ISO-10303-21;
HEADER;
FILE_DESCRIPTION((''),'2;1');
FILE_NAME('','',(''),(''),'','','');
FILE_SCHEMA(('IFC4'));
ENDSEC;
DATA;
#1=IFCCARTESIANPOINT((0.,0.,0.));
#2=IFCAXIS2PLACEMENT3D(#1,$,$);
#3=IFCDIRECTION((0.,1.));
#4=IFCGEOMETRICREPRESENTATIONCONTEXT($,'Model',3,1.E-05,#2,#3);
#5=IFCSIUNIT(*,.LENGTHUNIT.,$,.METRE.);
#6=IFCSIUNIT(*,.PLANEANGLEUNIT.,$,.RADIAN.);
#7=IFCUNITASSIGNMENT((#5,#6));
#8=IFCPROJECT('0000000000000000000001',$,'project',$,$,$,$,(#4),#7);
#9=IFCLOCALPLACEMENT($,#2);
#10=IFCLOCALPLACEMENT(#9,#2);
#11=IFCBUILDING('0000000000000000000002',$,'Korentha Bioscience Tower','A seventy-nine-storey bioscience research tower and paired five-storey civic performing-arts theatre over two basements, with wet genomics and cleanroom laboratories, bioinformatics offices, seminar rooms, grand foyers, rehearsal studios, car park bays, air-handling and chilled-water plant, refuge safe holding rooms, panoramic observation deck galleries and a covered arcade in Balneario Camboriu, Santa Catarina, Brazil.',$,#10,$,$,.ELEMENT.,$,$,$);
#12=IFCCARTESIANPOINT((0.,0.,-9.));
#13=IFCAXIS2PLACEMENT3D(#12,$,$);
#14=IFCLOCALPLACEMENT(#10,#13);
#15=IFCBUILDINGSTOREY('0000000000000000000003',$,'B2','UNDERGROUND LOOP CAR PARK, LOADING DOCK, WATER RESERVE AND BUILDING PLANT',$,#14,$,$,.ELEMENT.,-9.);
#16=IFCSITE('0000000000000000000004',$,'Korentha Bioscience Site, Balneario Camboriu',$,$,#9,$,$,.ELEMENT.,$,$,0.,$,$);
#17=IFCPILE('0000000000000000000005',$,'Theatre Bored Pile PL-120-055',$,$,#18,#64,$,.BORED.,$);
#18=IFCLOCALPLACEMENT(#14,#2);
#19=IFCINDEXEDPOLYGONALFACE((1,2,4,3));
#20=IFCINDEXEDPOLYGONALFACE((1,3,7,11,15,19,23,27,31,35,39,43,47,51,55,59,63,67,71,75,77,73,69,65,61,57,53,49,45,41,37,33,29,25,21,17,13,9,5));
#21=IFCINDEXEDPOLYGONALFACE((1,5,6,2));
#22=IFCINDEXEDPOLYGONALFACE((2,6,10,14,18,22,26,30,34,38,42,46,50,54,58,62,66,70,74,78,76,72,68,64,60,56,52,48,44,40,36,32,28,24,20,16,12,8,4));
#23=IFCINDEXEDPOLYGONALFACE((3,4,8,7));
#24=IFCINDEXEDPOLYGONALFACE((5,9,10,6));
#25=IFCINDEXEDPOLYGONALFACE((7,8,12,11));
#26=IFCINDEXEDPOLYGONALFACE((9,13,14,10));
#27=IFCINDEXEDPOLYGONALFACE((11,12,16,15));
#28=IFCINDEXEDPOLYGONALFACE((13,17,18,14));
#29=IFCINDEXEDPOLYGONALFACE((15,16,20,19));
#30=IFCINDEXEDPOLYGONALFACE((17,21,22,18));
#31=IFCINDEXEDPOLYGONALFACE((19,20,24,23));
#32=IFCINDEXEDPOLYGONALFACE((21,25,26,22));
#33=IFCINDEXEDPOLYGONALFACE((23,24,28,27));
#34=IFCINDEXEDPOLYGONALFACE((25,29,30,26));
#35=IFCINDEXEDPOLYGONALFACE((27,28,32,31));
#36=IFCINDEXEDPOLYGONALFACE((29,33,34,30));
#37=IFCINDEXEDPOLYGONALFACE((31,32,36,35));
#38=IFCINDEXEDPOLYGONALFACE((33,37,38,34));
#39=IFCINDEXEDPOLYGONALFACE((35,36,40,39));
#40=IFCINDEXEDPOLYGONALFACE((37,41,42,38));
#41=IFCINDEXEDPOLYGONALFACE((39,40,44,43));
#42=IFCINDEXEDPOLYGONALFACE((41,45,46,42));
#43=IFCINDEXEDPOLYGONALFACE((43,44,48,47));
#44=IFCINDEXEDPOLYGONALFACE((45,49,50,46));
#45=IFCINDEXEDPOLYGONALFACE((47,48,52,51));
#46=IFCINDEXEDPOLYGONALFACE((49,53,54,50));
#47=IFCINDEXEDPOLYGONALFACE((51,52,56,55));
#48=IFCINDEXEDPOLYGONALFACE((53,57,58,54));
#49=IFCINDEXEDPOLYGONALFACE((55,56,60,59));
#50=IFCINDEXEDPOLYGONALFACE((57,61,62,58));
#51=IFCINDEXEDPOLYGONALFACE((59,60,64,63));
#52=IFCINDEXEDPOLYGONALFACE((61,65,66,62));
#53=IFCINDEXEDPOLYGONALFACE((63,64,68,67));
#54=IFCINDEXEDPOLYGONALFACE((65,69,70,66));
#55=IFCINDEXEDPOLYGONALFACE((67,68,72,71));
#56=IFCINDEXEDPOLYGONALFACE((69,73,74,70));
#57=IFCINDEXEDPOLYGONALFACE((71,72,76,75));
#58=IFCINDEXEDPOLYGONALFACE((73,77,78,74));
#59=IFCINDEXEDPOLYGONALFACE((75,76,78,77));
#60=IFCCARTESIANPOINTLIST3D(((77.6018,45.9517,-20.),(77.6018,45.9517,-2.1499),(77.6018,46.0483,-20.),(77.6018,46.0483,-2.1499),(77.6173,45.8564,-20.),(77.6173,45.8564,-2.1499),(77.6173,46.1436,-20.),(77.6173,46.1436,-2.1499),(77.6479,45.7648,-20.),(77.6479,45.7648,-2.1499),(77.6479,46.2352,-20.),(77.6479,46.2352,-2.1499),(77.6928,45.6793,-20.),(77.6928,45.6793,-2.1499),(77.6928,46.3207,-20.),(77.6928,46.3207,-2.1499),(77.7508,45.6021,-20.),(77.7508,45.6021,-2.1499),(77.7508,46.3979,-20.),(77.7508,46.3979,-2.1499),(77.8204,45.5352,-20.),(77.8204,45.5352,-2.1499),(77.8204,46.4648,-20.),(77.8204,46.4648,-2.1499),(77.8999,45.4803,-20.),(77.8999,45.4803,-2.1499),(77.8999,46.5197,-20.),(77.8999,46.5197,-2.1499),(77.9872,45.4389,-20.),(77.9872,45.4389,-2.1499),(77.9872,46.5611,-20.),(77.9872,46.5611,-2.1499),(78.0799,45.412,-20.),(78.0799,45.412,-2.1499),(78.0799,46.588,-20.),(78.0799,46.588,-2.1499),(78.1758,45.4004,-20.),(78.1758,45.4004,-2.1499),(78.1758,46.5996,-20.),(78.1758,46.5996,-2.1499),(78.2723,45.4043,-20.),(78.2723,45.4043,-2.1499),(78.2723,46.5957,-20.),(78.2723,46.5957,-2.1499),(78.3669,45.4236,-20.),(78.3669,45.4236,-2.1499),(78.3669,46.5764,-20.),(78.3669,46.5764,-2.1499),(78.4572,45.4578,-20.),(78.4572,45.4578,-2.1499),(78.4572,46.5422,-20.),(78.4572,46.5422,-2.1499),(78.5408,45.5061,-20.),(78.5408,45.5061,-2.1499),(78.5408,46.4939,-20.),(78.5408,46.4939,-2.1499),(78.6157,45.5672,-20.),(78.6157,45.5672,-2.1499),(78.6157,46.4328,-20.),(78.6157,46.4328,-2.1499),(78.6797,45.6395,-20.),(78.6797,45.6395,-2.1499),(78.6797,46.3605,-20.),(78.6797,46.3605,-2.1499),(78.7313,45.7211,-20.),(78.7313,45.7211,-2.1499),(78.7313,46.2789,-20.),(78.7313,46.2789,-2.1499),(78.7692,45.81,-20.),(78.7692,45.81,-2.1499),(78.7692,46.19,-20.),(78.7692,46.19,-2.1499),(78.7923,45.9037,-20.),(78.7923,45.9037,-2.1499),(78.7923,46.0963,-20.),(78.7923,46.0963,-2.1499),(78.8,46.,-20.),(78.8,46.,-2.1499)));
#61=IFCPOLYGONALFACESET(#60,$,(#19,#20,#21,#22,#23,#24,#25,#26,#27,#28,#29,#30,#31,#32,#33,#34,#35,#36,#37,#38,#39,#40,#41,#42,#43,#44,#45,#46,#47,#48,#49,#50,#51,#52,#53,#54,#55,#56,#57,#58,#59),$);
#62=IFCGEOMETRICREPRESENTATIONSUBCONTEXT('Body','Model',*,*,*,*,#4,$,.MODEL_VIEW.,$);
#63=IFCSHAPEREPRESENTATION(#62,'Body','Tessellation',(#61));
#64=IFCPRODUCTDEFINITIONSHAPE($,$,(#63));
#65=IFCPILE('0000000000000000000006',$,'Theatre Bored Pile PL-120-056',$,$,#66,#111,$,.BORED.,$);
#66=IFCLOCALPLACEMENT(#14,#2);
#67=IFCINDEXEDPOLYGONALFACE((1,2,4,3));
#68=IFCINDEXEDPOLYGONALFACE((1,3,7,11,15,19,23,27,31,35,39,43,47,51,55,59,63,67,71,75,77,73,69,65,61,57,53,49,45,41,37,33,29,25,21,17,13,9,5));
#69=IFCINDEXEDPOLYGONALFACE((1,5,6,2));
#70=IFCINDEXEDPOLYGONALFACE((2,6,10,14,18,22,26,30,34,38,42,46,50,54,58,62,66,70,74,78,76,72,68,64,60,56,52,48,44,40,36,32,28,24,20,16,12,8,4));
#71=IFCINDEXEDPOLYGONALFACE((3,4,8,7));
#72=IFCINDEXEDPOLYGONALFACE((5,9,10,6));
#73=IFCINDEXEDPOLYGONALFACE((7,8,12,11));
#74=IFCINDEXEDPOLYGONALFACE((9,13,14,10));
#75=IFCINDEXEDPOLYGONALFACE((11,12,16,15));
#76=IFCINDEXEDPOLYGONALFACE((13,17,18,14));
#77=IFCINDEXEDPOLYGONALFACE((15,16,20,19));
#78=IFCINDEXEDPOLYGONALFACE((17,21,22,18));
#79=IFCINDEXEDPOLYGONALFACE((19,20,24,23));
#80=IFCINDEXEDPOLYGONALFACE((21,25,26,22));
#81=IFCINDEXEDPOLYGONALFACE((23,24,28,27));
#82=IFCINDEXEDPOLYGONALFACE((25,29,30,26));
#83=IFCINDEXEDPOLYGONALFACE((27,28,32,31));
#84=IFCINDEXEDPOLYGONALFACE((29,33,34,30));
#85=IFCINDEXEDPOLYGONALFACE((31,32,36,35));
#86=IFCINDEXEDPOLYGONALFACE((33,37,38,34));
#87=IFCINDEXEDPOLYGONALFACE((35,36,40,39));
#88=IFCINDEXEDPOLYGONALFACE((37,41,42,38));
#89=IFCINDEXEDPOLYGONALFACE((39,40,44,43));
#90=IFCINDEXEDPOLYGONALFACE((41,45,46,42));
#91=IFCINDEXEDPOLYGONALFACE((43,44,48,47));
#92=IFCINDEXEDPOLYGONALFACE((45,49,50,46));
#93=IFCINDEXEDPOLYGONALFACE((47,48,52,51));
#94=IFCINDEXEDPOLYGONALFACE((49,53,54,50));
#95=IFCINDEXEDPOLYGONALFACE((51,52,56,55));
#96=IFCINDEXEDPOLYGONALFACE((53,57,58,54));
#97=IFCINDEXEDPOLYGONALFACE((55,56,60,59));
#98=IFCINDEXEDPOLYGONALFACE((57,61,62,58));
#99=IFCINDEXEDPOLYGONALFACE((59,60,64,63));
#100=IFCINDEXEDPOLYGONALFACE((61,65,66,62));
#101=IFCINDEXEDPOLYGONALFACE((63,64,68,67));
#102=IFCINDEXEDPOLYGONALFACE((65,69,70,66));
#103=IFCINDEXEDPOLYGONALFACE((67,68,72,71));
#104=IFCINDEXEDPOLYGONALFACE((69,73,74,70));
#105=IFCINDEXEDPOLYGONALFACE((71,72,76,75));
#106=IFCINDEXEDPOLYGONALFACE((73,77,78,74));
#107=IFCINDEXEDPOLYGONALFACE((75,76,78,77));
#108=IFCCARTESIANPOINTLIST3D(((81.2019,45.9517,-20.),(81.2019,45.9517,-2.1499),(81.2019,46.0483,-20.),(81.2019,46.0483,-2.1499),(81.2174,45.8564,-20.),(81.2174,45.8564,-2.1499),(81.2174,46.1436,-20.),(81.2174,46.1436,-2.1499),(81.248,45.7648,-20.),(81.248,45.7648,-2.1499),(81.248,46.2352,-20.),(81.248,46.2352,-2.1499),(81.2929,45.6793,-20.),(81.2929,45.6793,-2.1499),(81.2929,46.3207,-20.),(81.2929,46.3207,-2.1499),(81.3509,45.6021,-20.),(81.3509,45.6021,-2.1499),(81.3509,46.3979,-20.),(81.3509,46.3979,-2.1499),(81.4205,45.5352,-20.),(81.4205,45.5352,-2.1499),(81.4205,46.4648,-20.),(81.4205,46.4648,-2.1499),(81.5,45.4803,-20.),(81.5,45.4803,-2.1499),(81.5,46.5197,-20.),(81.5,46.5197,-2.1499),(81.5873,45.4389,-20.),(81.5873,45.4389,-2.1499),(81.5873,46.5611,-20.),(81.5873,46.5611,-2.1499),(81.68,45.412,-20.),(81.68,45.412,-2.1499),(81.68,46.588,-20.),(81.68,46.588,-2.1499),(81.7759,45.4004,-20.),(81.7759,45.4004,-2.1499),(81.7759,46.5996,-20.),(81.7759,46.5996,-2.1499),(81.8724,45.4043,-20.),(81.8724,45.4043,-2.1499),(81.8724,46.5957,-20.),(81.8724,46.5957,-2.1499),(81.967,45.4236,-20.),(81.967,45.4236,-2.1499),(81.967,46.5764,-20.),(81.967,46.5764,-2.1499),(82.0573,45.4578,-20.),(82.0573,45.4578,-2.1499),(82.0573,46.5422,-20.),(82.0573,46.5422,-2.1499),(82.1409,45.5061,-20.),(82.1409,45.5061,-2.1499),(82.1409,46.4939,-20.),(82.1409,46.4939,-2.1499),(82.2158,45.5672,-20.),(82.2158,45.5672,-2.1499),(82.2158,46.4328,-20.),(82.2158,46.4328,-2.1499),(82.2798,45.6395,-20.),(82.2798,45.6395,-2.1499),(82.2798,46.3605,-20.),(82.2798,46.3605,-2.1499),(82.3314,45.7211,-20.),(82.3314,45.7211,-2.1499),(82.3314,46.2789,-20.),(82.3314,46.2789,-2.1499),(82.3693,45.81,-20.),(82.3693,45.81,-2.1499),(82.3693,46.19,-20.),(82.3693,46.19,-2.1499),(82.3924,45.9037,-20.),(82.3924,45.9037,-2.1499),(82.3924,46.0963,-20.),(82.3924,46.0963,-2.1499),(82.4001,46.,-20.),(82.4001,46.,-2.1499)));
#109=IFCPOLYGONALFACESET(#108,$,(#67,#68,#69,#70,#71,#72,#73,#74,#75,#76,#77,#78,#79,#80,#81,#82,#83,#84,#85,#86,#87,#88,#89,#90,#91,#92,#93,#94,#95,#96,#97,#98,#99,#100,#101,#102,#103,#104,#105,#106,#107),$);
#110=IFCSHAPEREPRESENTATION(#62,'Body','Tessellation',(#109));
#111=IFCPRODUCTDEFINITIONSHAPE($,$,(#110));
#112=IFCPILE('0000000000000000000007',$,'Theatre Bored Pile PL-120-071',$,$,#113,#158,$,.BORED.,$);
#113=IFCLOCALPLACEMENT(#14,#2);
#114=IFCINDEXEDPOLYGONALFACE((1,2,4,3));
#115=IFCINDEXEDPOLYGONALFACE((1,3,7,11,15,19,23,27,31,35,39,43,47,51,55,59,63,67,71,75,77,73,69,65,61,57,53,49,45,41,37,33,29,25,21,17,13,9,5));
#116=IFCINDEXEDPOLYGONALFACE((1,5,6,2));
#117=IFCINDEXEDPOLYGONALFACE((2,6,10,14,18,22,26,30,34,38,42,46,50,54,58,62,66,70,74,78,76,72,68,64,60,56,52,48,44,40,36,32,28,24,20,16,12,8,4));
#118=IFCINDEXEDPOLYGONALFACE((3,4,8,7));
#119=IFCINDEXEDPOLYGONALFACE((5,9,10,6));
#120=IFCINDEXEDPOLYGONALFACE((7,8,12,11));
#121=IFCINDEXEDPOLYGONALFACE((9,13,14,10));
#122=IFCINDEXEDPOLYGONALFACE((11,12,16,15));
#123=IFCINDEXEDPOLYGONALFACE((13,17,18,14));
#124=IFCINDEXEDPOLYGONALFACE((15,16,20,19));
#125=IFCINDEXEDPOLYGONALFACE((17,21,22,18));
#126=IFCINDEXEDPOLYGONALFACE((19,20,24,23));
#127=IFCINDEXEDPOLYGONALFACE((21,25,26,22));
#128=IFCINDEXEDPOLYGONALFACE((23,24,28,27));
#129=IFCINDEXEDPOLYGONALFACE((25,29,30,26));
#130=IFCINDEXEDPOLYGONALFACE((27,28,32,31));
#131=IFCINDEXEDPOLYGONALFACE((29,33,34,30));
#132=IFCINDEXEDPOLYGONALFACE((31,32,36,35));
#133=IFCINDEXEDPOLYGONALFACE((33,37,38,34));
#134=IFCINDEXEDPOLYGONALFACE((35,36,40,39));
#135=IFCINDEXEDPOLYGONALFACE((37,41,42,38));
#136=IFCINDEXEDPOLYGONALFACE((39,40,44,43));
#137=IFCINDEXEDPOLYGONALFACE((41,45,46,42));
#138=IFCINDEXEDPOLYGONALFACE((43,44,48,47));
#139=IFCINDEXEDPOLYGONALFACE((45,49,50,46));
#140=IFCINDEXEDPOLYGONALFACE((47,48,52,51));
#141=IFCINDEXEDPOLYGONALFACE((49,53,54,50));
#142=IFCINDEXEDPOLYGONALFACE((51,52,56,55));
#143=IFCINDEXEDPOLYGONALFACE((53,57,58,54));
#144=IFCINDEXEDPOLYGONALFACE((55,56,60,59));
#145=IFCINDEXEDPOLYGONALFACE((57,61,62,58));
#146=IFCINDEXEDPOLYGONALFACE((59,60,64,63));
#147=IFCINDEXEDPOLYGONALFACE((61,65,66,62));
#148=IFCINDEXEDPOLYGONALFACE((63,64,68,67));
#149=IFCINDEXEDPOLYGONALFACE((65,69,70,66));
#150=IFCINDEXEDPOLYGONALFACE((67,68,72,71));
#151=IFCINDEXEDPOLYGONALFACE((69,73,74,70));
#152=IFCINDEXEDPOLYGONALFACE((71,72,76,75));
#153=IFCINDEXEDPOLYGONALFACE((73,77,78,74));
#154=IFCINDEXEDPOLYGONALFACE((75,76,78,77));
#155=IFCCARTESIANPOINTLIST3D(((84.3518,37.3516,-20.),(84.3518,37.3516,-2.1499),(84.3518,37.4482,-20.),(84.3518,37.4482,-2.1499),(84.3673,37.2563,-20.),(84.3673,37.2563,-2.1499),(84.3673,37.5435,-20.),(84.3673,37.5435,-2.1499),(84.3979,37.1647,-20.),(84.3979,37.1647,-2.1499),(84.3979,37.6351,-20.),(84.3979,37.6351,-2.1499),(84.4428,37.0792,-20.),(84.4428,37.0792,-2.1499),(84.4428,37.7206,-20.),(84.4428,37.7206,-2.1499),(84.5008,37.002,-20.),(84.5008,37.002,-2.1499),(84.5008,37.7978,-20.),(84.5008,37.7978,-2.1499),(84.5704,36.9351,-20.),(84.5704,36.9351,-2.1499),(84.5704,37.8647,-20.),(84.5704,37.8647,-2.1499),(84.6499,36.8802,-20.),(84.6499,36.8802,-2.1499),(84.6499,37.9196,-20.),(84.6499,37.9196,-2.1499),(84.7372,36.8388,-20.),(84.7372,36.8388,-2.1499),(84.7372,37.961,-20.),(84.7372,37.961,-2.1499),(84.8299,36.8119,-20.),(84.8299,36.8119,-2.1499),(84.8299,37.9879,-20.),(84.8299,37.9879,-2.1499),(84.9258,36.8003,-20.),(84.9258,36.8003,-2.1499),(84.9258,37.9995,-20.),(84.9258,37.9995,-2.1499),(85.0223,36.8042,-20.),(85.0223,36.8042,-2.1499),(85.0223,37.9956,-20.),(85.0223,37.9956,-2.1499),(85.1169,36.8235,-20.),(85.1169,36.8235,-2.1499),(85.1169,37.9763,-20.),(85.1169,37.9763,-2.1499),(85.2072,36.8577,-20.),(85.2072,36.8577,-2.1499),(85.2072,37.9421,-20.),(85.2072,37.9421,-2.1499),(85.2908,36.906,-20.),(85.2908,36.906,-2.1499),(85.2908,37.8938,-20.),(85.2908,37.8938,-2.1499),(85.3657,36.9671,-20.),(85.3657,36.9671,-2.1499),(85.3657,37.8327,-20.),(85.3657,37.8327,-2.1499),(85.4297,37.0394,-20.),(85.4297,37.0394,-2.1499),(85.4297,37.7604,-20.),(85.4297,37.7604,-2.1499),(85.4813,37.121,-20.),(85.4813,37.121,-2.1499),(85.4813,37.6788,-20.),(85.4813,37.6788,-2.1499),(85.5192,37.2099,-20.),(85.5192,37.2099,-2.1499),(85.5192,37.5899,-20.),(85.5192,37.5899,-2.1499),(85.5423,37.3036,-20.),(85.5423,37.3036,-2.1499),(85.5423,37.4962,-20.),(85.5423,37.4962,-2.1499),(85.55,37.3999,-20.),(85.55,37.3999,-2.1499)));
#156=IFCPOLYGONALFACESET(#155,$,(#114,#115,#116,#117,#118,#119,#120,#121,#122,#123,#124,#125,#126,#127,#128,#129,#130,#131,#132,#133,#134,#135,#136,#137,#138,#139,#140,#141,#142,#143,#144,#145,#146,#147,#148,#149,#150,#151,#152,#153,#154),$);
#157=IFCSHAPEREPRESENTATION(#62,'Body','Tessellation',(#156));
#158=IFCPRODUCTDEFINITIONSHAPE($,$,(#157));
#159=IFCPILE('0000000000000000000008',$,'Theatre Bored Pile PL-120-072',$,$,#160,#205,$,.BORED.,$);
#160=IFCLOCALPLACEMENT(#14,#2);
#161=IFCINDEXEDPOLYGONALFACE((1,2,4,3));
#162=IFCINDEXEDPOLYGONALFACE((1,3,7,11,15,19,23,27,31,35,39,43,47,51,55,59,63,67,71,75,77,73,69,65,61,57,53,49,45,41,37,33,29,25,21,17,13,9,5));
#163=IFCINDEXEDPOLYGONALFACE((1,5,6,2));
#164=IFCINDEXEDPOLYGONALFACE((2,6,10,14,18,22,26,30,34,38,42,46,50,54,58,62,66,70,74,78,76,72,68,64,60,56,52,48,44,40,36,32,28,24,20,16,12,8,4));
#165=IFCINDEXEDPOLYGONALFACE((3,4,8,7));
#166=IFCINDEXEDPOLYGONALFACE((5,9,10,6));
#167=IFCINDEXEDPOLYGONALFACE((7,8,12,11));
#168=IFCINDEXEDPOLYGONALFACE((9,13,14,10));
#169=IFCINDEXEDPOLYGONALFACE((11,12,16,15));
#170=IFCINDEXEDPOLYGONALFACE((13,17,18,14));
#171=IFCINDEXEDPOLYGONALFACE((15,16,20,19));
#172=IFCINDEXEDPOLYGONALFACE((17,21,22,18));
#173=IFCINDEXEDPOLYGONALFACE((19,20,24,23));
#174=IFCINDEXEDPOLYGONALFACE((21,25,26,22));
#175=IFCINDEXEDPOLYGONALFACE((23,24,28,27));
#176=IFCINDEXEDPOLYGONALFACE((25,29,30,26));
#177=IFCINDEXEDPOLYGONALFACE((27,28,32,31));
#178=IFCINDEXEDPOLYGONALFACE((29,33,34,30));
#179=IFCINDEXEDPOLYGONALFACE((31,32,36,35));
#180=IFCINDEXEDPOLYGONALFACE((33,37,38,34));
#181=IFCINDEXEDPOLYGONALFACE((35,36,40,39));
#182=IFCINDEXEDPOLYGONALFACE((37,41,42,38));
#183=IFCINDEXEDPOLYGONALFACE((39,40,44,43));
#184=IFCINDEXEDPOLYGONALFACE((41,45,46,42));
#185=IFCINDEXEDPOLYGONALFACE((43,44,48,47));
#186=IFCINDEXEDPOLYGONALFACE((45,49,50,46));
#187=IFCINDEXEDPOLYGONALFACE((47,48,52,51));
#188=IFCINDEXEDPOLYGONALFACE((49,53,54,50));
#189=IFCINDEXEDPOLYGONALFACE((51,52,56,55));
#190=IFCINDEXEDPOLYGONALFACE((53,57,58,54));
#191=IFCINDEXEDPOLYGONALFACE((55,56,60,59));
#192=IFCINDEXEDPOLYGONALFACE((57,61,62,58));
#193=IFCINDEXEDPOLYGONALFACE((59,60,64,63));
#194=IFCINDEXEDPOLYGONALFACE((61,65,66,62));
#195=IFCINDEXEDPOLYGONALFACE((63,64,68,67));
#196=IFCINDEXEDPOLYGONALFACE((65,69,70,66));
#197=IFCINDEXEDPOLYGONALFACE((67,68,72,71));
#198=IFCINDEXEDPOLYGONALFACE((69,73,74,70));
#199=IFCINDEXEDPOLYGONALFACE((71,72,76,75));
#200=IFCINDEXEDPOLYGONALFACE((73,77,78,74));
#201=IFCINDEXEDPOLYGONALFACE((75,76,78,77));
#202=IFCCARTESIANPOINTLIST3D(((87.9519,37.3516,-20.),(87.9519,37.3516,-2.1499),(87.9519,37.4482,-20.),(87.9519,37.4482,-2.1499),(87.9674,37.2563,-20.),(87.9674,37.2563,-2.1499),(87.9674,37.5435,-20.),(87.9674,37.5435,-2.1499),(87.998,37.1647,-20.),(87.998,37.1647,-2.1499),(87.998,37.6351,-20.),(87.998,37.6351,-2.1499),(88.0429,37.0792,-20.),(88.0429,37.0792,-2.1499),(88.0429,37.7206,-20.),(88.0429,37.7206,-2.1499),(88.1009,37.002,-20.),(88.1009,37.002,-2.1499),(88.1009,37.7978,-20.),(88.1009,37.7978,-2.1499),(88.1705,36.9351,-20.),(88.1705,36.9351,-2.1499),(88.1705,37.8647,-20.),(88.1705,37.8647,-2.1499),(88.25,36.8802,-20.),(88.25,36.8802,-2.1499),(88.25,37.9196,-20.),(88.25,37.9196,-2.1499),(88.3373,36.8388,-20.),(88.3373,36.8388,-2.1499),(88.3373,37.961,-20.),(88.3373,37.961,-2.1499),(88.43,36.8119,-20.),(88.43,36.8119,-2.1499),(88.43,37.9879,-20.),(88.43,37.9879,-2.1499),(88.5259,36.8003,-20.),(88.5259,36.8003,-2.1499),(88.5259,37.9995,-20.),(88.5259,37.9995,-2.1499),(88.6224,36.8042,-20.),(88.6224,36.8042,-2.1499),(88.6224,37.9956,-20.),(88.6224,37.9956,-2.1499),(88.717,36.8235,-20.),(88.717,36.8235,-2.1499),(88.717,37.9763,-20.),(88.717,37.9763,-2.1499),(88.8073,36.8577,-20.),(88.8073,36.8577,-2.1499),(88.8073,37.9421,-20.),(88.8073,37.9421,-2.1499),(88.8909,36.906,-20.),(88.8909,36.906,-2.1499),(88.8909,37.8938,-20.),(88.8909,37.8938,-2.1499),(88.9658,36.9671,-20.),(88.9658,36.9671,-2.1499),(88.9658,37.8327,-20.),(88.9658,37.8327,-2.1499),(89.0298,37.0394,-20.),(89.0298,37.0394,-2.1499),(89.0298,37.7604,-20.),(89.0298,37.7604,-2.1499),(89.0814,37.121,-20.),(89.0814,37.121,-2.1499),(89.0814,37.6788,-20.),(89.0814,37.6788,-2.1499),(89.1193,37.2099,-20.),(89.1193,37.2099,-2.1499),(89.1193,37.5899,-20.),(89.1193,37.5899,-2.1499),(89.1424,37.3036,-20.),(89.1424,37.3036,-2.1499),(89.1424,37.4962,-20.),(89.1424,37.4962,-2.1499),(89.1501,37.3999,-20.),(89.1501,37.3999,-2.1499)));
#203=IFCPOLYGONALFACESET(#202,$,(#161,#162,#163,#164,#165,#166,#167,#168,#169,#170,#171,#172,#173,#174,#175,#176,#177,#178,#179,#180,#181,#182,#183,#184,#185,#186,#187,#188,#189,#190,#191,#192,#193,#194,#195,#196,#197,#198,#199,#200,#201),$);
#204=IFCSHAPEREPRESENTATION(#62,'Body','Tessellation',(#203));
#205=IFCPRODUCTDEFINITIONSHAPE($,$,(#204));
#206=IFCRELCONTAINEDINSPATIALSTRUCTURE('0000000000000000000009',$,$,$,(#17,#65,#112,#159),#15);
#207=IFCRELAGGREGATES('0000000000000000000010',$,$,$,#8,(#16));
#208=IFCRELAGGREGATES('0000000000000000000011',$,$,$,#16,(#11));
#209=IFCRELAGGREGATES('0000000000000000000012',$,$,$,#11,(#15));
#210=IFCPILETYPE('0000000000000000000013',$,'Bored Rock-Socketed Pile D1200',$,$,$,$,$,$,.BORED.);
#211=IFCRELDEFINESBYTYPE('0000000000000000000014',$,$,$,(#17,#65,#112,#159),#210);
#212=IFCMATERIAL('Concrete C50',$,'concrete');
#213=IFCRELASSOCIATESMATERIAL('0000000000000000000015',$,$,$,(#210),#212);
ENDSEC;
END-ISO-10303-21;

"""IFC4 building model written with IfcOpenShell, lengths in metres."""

from ifc_helpers import new_model, si_unit, direction, frame, origin, origin_2d, place, context, subcontext, project, spatial, circle, extrude, material, material_profile, profile_set, type_object, element, save


model = new_model("IFC4")

# Units and contexts
model_context = context("Model", 3, precision=1e-05, world=origin(), true_north=direction((0.0, 1.0)))
body_context = subcontext(model_context, "Body", "Model", "MODEL_VIEW")
ifc_project = project(units=[si_unit("LENGTHUNIT", "METRE"), si_unit("PLANEANGLEUNIT", "RADIAN")], contexts=[model_context])

# Site, building, storey
site_placement = place(None, origin())
site = spatial("IfcSite", under=ifc_project, at=site_placement, Name="Korentha Bioscience Site, Balneario Camboriu", CompositionType="ELEMENT", RefElevation=0.0)
building_placement = place(site_placement, origin())
building = spatial("IfcBuilding", under=site, at=building_placement, Name="Korentha Bioscience Tower", Description="A seventy-nine-storey bioscience research tower and paired five-storey civic performing-arts theatre over two basements, with wet genomics and cleanroom laboratories, bioinformatics offices, seminar rooms, grand foyers, rehearsal studios, car park bays, air-handling and chilled-water plant, refuge safe holding rooms, panoramic observation deck galleries and a covered arcade in Balneario Camboriu, Santa Catarina, Brazil.", CompositionType="ELEMENT")
storey_placement = place(building_placement, frame((0.0, 0.0, -9.0)))
storey = spatial("IfcBuildingStorey", under=building, at=storey_placement, Name="B2", Description="UNDERGROUND LOOP CAR PARK, LOADING DOCK, WATER RESERVE AND BUILDING PLANT", CompositionType="ELEMENT", Elevation=-9.0)

# Shared definitions
ifc_material_1 = material(Name="Concrete C50", Category="concrete")

# Piles
ifc_material_profile_1 = material_profile(ifc_material_1, circle(Radius=0.6001, at=origin_2d()), Name="Concrete C50")
ifc_profile_set_1 = profile_set([ifc_material_profile_1], Name="Concrete C50 (PL-120)")
pile_type = type_object("IfcPileType", Name="Bored Rock-Socketed Pile D1200", PredefinedType="BORED", material=ifc_profile_set_1)
for number, where, z_axis, x_axis, name in (
    (1, (78.2, 46.0, -2.1499), (0.0, 0.0, -1.0), (1.0, 0.0, 0.0), "Theatre Bored Pile PL-120-055"),
    (2, (81.8, 46.0, -2.1499), (0.0, 0.0, -1.0), (1.0, 0.0, 0.0), "Theatre Bored Pile PL-120-056"),
    (3, (84.95, 37.3999, -2.1499), (0.0, 0.0, -1.0), (1.0, 0.0, 0.0), "Theatre Bored Pile PL-120-071"),
    (4, (88.55, 37.3999, -2.1499), (0.0, 0.0, -1.0), (1.0, 0.0, 0.0), "Theatre Bored Pile PL-120-072"),
):
    element("IfcPile", number, at=place(storey_placement, frame(where, z_axis=z_axis, x_axis=x_axis)), inside=storey, type_object=pile_type, Name=name, PredefinedType="BORED", context=body_context, shape_type="SweptSolid", body=[
        extrude(circle(Radius=0.6001, at=origin_2d()), origin(), (0.0, 0.0, 1.0), 17.8501),
    ])

save(model, "model.ifc")
